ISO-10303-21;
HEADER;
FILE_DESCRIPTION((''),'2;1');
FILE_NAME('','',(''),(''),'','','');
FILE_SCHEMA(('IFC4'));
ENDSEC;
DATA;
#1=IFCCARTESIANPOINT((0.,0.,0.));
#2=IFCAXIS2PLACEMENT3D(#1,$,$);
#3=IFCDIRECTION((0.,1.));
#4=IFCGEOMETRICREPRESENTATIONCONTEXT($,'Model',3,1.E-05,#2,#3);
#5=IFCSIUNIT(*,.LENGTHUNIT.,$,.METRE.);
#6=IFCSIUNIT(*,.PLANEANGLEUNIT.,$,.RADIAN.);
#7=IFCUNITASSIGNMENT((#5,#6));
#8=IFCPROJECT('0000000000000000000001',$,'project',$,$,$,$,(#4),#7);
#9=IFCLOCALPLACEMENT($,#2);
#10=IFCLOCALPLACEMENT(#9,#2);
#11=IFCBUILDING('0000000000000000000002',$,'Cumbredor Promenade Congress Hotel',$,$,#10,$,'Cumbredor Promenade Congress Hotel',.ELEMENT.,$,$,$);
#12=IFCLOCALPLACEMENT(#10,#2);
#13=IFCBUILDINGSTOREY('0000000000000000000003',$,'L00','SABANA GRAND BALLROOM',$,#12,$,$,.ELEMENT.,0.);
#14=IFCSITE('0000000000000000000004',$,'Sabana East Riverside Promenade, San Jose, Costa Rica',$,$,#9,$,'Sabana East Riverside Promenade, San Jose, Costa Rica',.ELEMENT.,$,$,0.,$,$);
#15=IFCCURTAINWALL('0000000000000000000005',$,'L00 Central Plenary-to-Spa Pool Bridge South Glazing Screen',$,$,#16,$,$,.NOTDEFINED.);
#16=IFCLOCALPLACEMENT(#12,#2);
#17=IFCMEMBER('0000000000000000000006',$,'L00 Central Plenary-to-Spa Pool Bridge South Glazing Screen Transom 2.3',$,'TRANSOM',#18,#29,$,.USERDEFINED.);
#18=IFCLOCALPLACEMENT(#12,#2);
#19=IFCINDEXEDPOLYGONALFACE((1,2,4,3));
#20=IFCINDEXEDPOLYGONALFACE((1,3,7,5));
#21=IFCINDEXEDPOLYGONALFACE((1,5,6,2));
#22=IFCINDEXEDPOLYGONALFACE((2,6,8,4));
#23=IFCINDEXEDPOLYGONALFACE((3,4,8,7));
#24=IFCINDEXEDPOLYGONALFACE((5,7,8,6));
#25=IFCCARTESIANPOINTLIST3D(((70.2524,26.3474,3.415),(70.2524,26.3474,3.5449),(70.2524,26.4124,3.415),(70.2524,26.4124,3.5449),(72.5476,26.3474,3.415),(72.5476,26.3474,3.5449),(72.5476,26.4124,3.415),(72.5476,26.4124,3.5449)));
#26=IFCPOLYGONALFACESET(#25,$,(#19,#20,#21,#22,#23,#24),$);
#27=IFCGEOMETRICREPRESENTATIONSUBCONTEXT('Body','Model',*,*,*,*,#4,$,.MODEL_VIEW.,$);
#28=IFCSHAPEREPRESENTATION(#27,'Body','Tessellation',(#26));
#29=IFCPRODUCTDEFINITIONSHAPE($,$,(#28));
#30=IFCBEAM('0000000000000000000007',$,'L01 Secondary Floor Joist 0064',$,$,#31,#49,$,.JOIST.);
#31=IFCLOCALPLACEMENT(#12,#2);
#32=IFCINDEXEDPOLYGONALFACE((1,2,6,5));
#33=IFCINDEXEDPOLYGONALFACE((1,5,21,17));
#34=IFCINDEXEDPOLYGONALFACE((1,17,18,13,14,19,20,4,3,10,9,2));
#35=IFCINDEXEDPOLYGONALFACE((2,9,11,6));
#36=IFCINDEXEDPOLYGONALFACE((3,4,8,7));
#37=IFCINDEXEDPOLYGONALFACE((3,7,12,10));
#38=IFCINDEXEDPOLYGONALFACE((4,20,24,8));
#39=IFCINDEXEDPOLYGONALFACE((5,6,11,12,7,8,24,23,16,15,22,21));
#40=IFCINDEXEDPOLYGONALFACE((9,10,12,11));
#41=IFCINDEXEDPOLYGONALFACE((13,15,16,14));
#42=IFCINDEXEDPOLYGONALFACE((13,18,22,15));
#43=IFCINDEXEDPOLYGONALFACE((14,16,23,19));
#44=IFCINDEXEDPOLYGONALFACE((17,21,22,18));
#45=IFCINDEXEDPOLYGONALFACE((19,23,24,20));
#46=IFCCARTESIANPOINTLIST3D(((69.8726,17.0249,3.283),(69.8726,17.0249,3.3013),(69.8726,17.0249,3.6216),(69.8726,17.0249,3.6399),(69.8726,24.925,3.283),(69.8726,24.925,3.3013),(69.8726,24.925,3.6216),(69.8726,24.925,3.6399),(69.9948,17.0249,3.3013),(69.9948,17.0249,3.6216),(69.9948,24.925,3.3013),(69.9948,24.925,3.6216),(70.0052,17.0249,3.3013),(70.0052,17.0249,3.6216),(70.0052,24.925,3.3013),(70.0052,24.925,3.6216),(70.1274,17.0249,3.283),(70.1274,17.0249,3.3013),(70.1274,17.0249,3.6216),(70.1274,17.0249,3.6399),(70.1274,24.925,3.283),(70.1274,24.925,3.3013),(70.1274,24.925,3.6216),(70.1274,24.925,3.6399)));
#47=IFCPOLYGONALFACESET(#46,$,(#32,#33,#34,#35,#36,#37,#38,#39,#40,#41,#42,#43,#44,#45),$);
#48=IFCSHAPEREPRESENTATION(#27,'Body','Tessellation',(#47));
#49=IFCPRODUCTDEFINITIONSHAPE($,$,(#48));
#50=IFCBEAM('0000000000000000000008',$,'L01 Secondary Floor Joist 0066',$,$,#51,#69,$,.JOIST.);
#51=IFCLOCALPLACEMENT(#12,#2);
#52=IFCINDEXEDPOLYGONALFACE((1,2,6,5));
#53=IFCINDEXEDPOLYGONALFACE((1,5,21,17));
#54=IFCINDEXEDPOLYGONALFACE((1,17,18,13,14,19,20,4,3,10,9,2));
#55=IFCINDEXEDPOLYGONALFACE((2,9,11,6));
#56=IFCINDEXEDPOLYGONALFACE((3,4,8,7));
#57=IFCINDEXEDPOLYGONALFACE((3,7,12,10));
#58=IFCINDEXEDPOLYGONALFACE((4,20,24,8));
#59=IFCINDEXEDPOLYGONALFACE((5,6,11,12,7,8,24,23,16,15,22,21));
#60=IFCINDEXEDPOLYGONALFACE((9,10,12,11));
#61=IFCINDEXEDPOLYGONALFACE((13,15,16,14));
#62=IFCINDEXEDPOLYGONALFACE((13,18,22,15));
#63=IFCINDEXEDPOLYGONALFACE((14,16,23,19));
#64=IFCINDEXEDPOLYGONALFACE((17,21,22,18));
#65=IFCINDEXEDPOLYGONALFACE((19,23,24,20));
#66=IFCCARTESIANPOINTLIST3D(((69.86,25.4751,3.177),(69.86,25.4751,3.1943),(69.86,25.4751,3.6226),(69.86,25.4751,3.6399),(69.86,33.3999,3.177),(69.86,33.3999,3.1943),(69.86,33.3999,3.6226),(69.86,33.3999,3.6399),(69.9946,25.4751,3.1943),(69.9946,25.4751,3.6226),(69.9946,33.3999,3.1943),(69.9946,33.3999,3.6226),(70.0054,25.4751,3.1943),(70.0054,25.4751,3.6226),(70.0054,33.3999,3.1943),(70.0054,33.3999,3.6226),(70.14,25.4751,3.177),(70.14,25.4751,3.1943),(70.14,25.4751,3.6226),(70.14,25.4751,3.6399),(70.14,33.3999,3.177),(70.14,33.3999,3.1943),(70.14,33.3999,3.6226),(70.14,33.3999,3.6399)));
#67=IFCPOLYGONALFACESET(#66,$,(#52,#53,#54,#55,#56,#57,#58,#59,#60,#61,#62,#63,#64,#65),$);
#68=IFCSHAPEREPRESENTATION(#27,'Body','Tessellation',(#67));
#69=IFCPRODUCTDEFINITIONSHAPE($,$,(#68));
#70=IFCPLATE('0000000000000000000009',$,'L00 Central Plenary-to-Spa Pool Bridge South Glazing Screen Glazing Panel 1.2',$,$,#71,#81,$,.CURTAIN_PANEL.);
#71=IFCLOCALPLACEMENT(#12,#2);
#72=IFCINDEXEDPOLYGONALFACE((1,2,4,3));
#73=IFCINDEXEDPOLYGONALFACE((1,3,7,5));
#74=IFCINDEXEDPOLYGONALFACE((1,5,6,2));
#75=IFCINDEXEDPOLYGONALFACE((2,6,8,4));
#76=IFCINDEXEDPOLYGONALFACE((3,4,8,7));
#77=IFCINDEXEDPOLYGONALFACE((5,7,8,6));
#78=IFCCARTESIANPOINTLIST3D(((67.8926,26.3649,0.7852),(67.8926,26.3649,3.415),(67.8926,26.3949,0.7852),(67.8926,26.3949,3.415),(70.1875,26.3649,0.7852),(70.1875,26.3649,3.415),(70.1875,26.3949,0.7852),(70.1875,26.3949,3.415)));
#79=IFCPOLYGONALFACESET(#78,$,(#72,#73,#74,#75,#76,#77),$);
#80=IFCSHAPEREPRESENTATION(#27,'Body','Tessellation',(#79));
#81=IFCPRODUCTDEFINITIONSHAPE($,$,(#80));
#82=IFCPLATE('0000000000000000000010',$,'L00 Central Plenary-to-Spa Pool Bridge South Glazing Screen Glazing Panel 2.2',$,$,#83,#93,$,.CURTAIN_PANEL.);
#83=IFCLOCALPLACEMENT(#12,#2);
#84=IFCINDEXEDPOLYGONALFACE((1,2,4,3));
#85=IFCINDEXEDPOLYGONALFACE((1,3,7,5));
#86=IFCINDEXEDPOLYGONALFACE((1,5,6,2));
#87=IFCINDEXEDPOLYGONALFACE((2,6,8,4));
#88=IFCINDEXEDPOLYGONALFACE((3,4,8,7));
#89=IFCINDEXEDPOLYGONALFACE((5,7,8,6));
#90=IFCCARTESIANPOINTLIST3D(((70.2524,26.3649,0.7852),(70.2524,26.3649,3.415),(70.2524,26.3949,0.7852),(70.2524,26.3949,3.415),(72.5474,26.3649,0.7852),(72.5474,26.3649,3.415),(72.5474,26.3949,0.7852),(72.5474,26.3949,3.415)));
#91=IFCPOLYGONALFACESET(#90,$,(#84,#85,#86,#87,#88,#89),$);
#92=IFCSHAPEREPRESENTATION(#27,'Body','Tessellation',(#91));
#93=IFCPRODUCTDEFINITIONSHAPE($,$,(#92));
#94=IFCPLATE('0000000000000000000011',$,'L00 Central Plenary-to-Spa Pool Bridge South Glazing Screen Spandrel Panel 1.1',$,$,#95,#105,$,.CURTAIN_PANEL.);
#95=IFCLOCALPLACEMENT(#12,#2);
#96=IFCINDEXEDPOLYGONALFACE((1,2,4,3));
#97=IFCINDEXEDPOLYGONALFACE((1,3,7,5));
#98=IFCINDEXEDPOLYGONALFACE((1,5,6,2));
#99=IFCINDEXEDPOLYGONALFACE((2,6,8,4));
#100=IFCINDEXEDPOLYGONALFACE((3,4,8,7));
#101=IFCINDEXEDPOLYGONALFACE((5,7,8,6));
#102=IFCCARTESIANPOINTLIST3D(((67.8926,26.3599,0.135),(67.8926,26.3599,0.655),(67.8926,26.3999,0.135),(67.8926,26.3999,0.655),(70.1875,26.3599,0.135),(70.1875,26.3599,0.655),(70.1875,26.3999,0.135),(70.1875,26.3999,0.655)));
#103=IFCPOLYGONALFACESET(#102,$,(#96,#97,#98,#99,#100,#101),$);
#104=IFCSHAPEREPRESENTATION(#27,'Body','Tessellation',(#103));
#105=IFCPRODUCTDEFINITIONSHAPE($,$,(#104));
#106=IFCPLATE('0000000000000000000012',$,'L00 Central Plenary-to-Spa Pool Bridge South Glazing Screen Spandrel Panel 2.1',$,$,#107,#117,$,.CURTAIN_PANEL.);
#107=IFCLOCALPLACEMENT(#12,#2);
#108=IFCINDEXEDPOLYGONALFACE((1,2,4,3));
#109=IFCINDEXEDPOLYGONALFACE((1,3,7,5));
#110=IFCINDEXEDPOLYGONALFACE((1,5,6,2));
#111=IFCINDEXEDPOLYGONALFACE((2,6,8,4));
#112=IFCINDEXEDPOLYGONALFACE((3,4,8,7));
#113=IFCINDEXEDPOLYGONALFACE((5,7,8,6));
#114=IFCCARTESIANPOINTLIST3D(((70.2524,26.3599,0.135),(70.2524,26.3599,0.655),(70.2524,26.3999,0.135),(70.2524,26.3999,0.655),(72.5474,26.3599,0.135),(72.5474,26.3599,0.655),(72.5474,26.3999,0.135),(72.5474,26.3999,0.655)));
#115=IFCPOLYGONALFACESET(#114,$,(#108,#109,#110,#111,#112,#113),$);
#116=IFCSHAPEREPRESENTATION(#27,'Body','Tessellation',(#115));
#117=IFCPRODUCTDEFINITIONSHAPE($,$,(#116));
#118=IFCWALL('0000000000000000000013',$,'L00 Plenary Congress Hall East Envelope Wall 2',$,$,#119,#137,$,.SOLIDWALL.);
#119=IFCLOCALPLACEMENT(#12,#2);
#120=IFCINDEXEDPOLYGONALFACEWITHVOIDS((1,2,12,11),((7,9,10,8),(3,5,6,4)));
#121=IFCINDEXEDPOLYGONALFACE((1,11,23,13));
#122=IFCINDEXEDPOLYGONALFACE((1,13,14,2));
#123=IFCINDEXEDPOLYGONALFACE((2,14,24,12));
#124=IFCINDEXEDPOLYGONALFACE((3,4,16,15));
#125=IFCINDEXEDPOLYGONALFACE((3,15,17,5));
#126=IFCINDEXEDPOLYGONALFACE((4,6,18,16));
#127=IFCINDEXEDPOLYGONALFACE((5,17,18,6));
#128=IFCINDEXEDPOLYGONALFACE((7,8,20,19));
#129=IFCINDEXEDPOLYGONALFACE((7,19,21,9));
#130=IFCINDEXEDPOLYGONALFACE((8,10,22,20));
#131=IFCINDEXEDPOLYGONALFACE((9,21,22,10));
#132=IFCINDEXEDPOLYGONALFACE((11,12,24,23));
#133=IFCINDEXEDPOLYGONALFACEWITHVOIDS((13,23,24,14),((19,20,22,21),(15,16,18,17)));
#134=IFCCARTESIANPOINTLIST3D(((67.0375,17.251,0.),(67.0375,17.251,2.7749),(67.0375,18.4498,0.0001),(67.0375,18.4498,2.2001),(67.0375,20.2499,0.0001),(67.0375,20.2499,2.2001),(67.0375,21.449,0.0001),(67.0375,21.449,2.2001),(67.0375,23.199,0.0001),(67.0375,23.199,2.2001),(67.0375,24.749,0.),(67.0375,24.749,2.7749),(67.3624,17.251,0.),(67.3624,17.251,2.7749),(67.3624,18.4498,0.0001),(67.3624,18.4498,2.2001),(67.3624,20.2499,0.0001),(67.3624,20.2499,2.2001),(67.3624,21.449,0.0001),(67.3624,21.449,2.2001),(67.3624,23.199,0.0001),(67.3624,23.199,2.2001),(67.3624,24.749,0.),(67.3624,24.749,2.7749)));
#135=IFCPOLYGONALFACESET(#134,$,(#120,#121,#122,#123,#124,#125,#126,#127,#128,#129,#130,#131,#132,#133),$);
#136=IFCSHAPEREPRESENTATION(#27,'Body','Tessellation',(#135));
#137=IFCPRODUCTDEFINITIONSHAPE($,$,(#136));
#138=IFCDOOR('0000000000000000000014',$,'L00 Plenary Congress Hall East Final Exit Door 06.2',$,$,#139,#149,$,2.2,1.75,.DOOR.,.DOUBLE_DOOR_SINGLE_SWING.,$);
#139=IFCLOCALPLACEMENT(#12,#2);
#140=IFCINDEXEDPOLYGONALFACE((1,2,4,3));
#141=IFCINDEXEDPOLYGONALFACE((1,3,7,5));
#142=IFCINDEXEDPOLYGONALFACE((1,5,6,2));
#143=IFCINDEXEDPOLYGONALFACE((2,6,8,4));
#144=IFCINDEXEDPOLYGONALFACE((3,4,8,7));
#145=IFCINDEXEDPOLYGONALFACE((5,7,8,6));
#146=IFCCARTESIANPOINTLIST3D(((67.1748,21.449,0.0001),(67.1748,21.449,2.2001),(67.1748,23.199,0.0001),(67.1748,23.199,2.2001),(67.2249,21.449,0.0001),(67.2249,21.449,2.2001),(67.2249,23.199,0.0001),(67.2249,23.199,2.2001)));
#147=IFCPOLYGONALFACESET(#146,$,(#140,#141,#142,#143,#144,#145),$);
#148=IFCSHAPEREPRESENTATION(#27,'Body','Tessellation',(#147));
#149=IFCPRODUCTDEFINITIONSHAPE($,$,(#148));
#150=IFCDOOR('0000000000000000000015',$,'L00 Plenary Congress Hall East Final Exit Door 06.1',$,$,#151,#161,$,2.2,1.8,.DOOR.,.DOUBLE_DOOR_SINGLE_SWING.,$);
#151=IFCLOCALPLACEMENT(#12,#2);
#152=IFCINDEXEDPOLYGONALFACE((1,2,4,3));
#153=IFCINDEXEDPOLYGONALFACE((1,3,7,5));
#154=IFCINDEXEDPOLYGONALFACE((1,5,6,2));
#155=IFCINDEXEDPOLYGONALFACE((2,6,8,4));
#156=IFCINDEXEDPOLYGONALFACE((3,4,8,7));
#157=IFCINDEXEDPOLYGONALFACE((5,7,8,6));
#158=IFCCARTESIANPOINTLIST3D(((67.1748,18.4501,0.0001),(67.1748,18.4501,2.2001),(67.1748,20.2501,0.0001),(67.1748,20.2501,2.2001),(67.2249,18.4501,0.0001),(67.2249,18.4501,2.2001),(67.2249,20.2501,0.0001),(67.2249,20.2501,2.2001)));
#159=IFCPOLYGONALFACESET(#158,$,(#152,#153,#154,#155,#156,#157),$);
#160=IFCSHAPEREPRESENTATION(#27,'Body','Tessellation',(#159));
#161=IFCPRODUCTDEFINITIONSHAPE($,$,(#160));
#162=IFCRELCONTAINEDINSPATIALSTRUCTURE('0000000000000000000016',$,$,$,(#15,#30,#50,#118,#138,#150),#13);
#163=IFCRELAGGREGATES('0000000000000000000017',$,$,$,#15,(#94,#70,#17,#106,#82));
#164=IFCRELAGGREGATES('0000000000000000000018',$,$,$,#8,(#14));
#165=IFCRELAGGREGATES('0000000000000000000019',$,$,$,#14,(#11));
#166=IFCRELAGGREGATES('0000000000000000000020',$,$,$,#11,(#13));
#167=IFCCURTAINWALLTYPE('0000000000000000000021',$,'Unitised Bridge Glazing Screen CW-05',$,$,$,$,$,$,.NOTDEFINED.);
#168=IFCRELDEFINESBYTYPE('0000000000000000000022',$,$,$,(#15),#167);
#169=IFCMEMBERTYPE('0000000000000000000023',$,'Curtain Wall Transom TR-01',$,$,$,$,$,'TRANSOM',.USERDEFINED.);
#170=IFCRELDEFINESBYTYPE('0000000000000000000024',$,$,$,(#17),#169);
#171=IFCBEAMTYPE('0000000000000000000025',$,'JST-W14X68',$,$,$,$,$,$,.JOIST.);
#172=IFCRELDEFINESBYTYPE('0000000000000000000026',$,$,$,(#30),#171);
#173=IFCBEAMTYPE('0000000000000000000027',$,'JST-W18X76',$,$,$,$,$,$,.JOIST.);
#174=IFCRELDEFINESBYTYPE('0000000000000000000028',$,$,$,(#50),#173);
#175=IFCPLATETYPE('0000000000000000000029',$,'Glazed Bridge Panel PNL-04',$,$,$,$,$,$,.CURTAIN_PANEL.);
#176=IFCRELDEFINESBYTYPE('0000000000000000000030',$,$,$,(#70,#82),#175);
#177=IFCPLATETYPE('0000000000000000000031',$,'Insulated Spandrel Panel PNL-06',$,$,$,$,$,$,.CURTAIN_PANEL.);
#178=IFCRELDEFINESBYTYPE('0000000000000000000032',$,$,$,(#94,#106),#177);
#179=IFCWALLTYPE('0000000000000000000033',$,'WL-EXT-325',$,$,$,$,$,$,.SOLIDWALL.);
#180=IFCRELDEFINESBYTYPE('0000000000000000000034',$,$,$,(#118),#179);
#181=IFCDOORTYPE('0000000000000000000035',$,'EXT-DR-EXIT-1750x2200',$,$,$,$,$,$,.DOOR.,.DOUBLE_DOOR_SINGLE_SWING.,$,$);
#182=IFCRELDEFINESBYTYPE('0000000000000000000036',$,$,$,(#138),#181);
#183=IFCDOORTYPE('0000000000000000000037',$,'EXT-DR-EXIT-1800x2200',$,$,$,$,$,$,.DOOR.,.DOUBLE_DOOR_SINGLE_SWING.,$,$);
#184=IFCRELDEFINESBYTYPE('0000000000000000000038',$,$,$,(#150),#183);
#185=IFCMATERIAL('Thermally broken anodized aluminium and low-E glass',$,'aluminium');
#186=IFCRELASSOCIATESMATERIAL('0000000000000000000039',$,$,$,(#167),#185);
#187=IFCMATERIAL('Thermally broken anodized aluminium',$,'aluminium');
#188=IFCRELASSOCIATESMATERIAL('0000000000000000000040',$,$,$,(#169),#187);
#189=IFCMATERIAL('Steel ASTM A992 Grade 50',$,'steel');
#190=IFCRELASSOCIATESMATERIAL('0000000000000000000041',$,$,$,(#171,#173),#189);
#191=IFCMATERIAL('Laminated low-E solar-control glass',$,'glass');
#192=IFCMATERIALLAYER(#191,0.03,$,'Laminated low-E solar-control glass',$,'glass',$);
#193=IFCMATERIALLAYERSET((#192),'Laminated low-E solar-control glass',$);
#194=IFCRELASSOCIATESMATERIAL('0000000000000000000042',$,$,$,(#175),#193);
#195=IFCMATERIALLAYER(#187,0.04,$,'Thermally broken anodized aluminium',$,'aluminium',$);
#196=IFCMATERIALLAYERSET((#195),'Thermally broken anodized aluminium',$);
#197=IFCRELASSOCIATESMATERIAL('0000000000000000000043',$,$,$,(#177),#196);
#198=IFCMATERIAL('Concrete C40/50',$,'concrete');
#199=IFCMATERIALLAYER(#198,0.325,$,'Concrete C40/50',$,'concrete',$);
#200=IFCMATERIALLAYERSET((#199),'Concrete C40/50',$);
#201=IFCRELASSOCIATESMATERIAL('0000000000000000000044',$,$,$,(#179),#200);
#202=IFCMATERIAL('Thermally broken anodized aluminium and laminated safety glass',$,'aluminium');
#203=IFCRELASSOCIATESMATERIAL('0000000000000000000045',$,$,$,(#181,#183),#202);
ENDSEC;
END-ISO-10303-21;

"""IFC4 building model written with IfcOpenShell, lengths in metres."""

from ifc_helpers import new_model, si_unit, direction, frame, frame_2d, origin, origin_2d, place, context, subcontext, project, spatial, rectangle, i_section, extrude, material, layer, layer_set, material_profile, profile_set, type_object, element, fill, aggregate, save


model = new_model("IFC4")

# Units and contexts
model_context = context("Model", 3, precision=1e-05, world=origin(), true_north=direction((0.0, 1.0)))
body_context = subcontext(model_context, "Body", "Model", "MODEL_VIEW")
ifc_project = project(units=[si_unit("LENGTHUNIT", "METRE"), si_unit("PLANEANGLEUNIT", "RADIAN")], contexts=[model_context])

# Site, building, storey
site_placement = place(None, origin())
site = spatial("IfcSite", under=ifc_project, at=site_placement, Name="Sabana East Riverside Promenade, San Jose, Costa Rica", LongName="Sabana East Riverside Promenade, San Jose, Costa Rica", CompositionType="ELEMENT", RefElevation=0.0)
building_placement = place(site_placement, origin())
building = spatial("IfcBuilding", under=site, at=building_placement, Name="Cumbredor Promenade Congress Hotel", LongName="Cumbredor Promenade Congress Hotel", CompositionType="ELEMENT")
storey_placement = place(building_placement, origin())
storey = spatial("IfcBuildingStorey", under=building, at=storey_placement, Name="L00", Description="SABANA GRAND BALLROOM", CompositionType="ELEMENT", Elevation=0.0)

# Shared definitions
ifc_material_1 = material(Name="Concrete C40/50", Category="concrete")

# Curtain wall, member
ifc_material_2 = material(Name="Thermally broken anodized aluminium and low-E glass", Category="aluminium")
curtain_wall_type = type_object("IfcCurtainWallType", Name="Unitised Bridge Glazing Screen CW-05", PredefinedType="NOTDEFINED", material=ifc_material_2)
curtain_wall_placement = place(storey_placement, origin())
curtain_wall = element("IfcCurtainWall", 1, at=curtain_wall_placement, inside=storey, type_object=curtain_wall_type, Name="L00 Central Plenary-to-Spa Pool Bridge South Glazing Screen", PredefinedType="NOTDEFINED")
ifc_material_3 = material(Name="Thermally broken anodized aluminium", Category="aluminium")
ifc_material_profile_1 = material_profile(ifc_material_3, rectangle(XDim=0.0649, YDim=0.1299, at=origin_2d()), Name="ALU TRANSOM 65x130")
ifc_profile_set_1 = profile_set([ifc_material_profile_1], Name="Thermally broken anodized aluminium")
member_type_1 = type_object("IfcMemberType", Name="Curtain Wall Transom TR-01", ElementType="TRANSOM", PredefinedType="USERDEFINED", material=ifc_profile_set_1)
member_1_placement = place(storey_placement, frame((70.2524, 26.3799, 3.48), z_axis=(1.0, 0.0, 0.0), x_axis=(0.0, 1.0, 0.0)))
member_1 = element("IfcMember", 2, at=member_1_placement, type_object=member_type_1, Name="L00 Central Plenary-to-Spa Pool Bridge South Glazing Screen Transom 2.3", ObjectType="TRANSOM", PredefinedType="USERDEFINED", context=body_context, shape_type="SweptSolid", body=[
    extrude(rectangle(XDim=0.0649, YDim=0.1299, at=origin_2d()), origin(), (0.0, 0.0, 1.0), 2.2952),
])

# Beams
ifc_material_4 = material(Name="Steel ASTM A992 Grade 50", Category="steel")
ifc_material_profile_2 = material_profile(ifc_material_4, i_section(OverallWidth=0.2549, OverallDepth=0.3569, WebThickness=0.0105, FlangeThickness=0.0183, at=origin_2d()), Name="W14X68")
ifc_profile_set_2 = profile_set([ifc_material_profile_2], Name="Steel ASTM A992 Grade 50")
beam_type_1 = type_object("IfcBeamType", Name="JST-W14X68", PredefinedType="JOIST", material=ifc_profile_set_2)
beam_1_placement = place(storey_placement, frame((70.0, 17.0249, 3.4614), z_axis=(0.0, 1.0, 0.0), x_axis=(-1.0, 0.0, 0.0)))
element("IfcBeam", 3, at=beam_1_placement, inside=storey, type_object=beam_type_1, Name="L01 Secondary Floor Joist 0064", PredefinedType="JOIST", context=body_context, shape_type="SweptSolid", body=[
    extrude(i_section(OverallWidth=0.2549, OverallDepth=0.3569, WebThickness=0.0105, FlangeThickness=0.0183, at=origin_2d()), origin(), (0.0, 0.0, 1.0), 7.9001),
])
ifc_material_profile_3 = material_profile(ifc_material_4, i_section(OverallWidth=0.28, OverallDepth=0.4629, WebThickness=0.0107, FlangeThickness=0.0173, at=origin_2d()), Name="W18X76")
ifc_profile_set_3 = profile_set([ifc_material_profile_3], Name="Steel ASTM A992 Grade 50")
beam_type_2 = type_object("IfcBeamType", Name="JST-W18X76", PredefinedType="JOIST", material=ifc_profile_set_3)
beam_2_placement = place(storey_placement, frame((70.0, 25.4751, 3.4084), z_axis=(0.0, 1.0, 0.0), x_axis=(-1.0, 0.0, 0.0)))
element("IfcBeam", 4, at=beam_2_placement, inside=storey, type_object=beam_type_2, Name="L01 Secondary Floor Joist 0066", PredefinedType="JOIST", context=body_context, shape_type="SweptSolid", body=[
    extrude(i_section(OverallWidth=0.28, OverallDepth=0.4629, WebThickness=0.0107, FlangeThickness=0.0173, at=origin_2d()), origin(), (0.0, 0.0, 1.0), 7.9248),
])

# Plates
ifc_material_5 = material(Name="Laminated low-E solar-control glass", Category="glass")
ifc_layer_1 = layer(ifc_material_5, 0.03, Name="Laminated low-E solar-control glass", Category="glass")
ifc_layer_set_1 = layer_set([ifc_layer_1], Name="Laminated low-E solar-control glass")
plate_type_1 = type_object("IfcPlateType", Name="Glazed Bridge Panel PNL-04", PredefinedType="CURTAIN_PANEL", material=ifc_layer_set_1)
plate_1_placement = place(storey_placement, frame((69.04, 26.3799, 0.7852), z_axis=(0.0, 0.0, 1.0), x_axis=(1.0, 0.0, 0.0)))
plate_1 = element("IfcPlate", 5, at=plate_1_placement, type_object=plate_type_1, Name="L00 Central Plenary-to-Spa Pool Bridge South Glazing Screen Glazing Panel 1.2", PredefinedType="CURTAIN_PANEL", context=body_context, shape_type="SweptSolid", body=[
    extrude(rectangle(XDim=2.2949, YDim=0.03, at=origin_2d()), origin(), (0.0, 0.0, 1.0), 2.6299),
])
plate_2_placement = place(storey_placement, frame((71.3999, 26.3799, 0.7852), z_axis=(0.0, 0.0, 1.0), x_axis=(1.0, 0.0, 0.0)))
plate_2 = element("IfcPlate", 6, at=plate_2_placement, type_object=plate_type_1, Name="L00 Central Plenary-to-Spa Pool Bridge South Glazing Screen Glazing Panel 2.2", PredefinedType="CURTAIN_PANEL", context=body_context, shape_type="SweptSolid", body=[
    extrude(rectangle(XDim=2.2949, YDim=0.03, at=origin_2d()), origin(), (0.0, 0.0, 1.0), 2.6299),
])
ifc_layer_2 = layer(ifc_material_3, 0.04, Name="Thermally broken anodized aluminium", Category="aluminium")
ifc_layer_set_2 = layer_set([ifc_layer_2], Name="Thermally broken anodized aluminium")
plate_type_2 = type_object("IfcPlateType", Name="Insulated Spandrel Panel PNL-06", PredefinedType="CURTAIN_PANEL", material=ifc_layer_set_2)
plate_3_placement = place(storey_placement, frame((69.04, 26.3799, 0.135), z_axis=(0.0, 0.0, 1.0), x_axis=(1.0, 0.0, 0.0)))
plate_3 = element("IfcPlate", 7, at=plate_3_placement, type_object=plate_type_2, Name="L00 Central Plenary-to-Spa Pool Bridge South Glazing Screen Spandrel Panel 1.1", PredefinedType="CURTAIN_PANEL", context=body_context, shape_type="SweptSolid", body=[
    extrude(rectangle(XDim=2.2949, YDim=0.04, at=origin_2d()), origin(), (0.0, 0.0, 1.0), 0.52),
])
plate_4_placement = place(storey_placement, frame((71.3999, 26.3799, 0.135), z_axis=(0.0, 0.0, 1.0), x_axis=(1.0, 0.0, 0.0)))
plate_4 = element("IfcPlate", 8, at=plate_4_placement, type_object=plate_type_2, Name="L00 Central Plenary-to-Spa Pool Bridge South Glazing Screen Spandrel Panel 2.1", PredefinedType="CURTAIN_PANEL", context=body_context, shape_type="SweptSolid", body=[
    extrude(rectangle(XDim=2.2949, YDim=0.04, at=origin_2d()), origin(), (0.0, 0.0, 1.0), 0.52),
])
aggregate(curtain_wall, [plate_3, plate_1, member_1, plate_4, plate_2])

# Wall, openings, doors
ifc_layer_3 = layer(ifc_material_1, 0.325, Name="Concrete C40/50", Category="concrete")
ifc_layer_set_3 = layer_set([ifc_layer_3], Name="Concrete C40/50")
wall_type = type_object("IfcWallType", Name="WL-EXT-325", PredefinedType="SOLIDWALL", material=ifc_layer_set_3)
wall_placement = place(storey_placement, frame((67.2, 17.251, 0.0), z_axis=(0.0, 0.0, 1.0), x_axis=(0.0, 1.0, 0.0)))
wall = element("IfcWall", 9, at=wall_placement, inside=storey, type_object=wall_type, Name="L00 Plenary Congress Hall East Envelope Wall 2", PredefinedType="SOLIDWALL", context=body_context, shape_type="SweptSolid", body=[
    extrude(rectangle(XDim=7.498, YDim=0.325, at=frame_2d((3.749, 0.0))), origin(), (0.0, 0.0, 1.0), 2.7749),
])
opening_1_placement = place(wall_placement, frame((1.199, 0.0, 0.0)))
opening_1 = element("IfcOpeningElement", 10, at=opening_1_placement, cuts=wall, PredefinedType="OPENING", context=body_context, shape_type="SweptSolid", body=[
    extrude(rectangle(XDim=1.8, YDim=2.2, at=frame_2d((0.8999, 1.1001))), frame((0.0, 0.1724, 0.0), z_axis=(0.0, -1.0, 0.0), x_axis=(1.0, 0.0, 0.0)), (0.0, 0.0, 1.0), 0.345),
])
opening_2_placement = place(wall_placement, frame((4.198, 0.0, 0.0)))
opening_2 = element("IfcOpeningElement", 11, at=opening_2_placement, cuts=wall, PredefinedType="OPENING", context=body_context, shape_type="SweptSolid", body=[
    extrude(rectangle(XDim=1.75, YDim=2.2, at=frame_2d((0.875, 1.1001))), frame((0.0, 0.1724, 0.0), z_axis=(0.0, -1.0, 0.0), x_axis=(1.0, 0.0, 0.0)), (0.0, 0.0, 1.0), 0.345),
])
ifc_material_6 = material(Name="Thermally broken anodized aluminium and laminated safety glass", Category="aluminium")
door_type_1 = type_object("IfcDoorType", Name="EXT-DR-EXIT-1750x2200", OperationType="DOUBLE_DOOR_SINGLE_SWING", PredefinedType="DOOR", material=ifc_material_6)
door_1_placement = place(opening_2_placement, frame((1.75, 0.0, 0.0), z_axis=(0.0, 0.0, 1.0), x_axis=(-1.0, 0.0, 0.0)))
door_1 = element("IfcDoor", 12, at=door_1_placement, inside=storey, type_object=door_type_1, Name="L00 Plenary Congress Hall East Final Exit Door 06.2", OperationType="DOUBLE_DOOR_SINGLE_SWING", OverallHeight=2.2, OverallWidth=1.75, PredefinedType="DOOR", context=body_context, shape_type="SweptSolid", body=[
    extrude(rectangle(XDim=1.75, YDim=2.2, at=frame_2d((0.875, 1.1001))), frame((0.0, 0.0249, 0.0), z_axis=(0.0, -1.0, 0.0), x_axis=(1.0, 0.0, 0.0)), (0.0, 0.0, 1.0), 0.05),
])
fill(opening_2, door_1)
door_type_2 = type_object("IfcDoorType", Name="EXT-DR-EXIT-1800x2200", OperationType="DOUBLE_DOOR_SINGLE_SWING", PredefinedType="DOOR", material=ifc_material_6)
door_2_placement = place(opening_1_placement, frame((1.8, 0.0, 0.0), z_axis=(0.0, 0.0, 1.0), x_axis=(-1.0, 0.0, 0.0)))
door_2 = element("IfcDoor", 13, at=door_2_placement, inside=storey, type_object=door_type_2, Name="L00 Plenary Congress Hall East Final Exit Door 06.1", OperationType="DOUBLE_DOOR_SINGLE_SWING", OverallHeight=2.2, OverallWidth=1.8, PredefinedType="DOOR", context=body_context, shape_type="SweptSolid", body=[
    extrude(rectangle(XDim=1.8, YDim=2.2, at=frame_2d((0.8999, 1.1001))), frame((0.0, 0.0249, 0.0), z_axis=(0.0, -1.0, 0.0), x_axis=(1.0, 0.0, 0.0)), (0.0, 0.0, 1.0), 0.05),
])
fill(opening_1, door_2)

save(model, "model.ifc")
